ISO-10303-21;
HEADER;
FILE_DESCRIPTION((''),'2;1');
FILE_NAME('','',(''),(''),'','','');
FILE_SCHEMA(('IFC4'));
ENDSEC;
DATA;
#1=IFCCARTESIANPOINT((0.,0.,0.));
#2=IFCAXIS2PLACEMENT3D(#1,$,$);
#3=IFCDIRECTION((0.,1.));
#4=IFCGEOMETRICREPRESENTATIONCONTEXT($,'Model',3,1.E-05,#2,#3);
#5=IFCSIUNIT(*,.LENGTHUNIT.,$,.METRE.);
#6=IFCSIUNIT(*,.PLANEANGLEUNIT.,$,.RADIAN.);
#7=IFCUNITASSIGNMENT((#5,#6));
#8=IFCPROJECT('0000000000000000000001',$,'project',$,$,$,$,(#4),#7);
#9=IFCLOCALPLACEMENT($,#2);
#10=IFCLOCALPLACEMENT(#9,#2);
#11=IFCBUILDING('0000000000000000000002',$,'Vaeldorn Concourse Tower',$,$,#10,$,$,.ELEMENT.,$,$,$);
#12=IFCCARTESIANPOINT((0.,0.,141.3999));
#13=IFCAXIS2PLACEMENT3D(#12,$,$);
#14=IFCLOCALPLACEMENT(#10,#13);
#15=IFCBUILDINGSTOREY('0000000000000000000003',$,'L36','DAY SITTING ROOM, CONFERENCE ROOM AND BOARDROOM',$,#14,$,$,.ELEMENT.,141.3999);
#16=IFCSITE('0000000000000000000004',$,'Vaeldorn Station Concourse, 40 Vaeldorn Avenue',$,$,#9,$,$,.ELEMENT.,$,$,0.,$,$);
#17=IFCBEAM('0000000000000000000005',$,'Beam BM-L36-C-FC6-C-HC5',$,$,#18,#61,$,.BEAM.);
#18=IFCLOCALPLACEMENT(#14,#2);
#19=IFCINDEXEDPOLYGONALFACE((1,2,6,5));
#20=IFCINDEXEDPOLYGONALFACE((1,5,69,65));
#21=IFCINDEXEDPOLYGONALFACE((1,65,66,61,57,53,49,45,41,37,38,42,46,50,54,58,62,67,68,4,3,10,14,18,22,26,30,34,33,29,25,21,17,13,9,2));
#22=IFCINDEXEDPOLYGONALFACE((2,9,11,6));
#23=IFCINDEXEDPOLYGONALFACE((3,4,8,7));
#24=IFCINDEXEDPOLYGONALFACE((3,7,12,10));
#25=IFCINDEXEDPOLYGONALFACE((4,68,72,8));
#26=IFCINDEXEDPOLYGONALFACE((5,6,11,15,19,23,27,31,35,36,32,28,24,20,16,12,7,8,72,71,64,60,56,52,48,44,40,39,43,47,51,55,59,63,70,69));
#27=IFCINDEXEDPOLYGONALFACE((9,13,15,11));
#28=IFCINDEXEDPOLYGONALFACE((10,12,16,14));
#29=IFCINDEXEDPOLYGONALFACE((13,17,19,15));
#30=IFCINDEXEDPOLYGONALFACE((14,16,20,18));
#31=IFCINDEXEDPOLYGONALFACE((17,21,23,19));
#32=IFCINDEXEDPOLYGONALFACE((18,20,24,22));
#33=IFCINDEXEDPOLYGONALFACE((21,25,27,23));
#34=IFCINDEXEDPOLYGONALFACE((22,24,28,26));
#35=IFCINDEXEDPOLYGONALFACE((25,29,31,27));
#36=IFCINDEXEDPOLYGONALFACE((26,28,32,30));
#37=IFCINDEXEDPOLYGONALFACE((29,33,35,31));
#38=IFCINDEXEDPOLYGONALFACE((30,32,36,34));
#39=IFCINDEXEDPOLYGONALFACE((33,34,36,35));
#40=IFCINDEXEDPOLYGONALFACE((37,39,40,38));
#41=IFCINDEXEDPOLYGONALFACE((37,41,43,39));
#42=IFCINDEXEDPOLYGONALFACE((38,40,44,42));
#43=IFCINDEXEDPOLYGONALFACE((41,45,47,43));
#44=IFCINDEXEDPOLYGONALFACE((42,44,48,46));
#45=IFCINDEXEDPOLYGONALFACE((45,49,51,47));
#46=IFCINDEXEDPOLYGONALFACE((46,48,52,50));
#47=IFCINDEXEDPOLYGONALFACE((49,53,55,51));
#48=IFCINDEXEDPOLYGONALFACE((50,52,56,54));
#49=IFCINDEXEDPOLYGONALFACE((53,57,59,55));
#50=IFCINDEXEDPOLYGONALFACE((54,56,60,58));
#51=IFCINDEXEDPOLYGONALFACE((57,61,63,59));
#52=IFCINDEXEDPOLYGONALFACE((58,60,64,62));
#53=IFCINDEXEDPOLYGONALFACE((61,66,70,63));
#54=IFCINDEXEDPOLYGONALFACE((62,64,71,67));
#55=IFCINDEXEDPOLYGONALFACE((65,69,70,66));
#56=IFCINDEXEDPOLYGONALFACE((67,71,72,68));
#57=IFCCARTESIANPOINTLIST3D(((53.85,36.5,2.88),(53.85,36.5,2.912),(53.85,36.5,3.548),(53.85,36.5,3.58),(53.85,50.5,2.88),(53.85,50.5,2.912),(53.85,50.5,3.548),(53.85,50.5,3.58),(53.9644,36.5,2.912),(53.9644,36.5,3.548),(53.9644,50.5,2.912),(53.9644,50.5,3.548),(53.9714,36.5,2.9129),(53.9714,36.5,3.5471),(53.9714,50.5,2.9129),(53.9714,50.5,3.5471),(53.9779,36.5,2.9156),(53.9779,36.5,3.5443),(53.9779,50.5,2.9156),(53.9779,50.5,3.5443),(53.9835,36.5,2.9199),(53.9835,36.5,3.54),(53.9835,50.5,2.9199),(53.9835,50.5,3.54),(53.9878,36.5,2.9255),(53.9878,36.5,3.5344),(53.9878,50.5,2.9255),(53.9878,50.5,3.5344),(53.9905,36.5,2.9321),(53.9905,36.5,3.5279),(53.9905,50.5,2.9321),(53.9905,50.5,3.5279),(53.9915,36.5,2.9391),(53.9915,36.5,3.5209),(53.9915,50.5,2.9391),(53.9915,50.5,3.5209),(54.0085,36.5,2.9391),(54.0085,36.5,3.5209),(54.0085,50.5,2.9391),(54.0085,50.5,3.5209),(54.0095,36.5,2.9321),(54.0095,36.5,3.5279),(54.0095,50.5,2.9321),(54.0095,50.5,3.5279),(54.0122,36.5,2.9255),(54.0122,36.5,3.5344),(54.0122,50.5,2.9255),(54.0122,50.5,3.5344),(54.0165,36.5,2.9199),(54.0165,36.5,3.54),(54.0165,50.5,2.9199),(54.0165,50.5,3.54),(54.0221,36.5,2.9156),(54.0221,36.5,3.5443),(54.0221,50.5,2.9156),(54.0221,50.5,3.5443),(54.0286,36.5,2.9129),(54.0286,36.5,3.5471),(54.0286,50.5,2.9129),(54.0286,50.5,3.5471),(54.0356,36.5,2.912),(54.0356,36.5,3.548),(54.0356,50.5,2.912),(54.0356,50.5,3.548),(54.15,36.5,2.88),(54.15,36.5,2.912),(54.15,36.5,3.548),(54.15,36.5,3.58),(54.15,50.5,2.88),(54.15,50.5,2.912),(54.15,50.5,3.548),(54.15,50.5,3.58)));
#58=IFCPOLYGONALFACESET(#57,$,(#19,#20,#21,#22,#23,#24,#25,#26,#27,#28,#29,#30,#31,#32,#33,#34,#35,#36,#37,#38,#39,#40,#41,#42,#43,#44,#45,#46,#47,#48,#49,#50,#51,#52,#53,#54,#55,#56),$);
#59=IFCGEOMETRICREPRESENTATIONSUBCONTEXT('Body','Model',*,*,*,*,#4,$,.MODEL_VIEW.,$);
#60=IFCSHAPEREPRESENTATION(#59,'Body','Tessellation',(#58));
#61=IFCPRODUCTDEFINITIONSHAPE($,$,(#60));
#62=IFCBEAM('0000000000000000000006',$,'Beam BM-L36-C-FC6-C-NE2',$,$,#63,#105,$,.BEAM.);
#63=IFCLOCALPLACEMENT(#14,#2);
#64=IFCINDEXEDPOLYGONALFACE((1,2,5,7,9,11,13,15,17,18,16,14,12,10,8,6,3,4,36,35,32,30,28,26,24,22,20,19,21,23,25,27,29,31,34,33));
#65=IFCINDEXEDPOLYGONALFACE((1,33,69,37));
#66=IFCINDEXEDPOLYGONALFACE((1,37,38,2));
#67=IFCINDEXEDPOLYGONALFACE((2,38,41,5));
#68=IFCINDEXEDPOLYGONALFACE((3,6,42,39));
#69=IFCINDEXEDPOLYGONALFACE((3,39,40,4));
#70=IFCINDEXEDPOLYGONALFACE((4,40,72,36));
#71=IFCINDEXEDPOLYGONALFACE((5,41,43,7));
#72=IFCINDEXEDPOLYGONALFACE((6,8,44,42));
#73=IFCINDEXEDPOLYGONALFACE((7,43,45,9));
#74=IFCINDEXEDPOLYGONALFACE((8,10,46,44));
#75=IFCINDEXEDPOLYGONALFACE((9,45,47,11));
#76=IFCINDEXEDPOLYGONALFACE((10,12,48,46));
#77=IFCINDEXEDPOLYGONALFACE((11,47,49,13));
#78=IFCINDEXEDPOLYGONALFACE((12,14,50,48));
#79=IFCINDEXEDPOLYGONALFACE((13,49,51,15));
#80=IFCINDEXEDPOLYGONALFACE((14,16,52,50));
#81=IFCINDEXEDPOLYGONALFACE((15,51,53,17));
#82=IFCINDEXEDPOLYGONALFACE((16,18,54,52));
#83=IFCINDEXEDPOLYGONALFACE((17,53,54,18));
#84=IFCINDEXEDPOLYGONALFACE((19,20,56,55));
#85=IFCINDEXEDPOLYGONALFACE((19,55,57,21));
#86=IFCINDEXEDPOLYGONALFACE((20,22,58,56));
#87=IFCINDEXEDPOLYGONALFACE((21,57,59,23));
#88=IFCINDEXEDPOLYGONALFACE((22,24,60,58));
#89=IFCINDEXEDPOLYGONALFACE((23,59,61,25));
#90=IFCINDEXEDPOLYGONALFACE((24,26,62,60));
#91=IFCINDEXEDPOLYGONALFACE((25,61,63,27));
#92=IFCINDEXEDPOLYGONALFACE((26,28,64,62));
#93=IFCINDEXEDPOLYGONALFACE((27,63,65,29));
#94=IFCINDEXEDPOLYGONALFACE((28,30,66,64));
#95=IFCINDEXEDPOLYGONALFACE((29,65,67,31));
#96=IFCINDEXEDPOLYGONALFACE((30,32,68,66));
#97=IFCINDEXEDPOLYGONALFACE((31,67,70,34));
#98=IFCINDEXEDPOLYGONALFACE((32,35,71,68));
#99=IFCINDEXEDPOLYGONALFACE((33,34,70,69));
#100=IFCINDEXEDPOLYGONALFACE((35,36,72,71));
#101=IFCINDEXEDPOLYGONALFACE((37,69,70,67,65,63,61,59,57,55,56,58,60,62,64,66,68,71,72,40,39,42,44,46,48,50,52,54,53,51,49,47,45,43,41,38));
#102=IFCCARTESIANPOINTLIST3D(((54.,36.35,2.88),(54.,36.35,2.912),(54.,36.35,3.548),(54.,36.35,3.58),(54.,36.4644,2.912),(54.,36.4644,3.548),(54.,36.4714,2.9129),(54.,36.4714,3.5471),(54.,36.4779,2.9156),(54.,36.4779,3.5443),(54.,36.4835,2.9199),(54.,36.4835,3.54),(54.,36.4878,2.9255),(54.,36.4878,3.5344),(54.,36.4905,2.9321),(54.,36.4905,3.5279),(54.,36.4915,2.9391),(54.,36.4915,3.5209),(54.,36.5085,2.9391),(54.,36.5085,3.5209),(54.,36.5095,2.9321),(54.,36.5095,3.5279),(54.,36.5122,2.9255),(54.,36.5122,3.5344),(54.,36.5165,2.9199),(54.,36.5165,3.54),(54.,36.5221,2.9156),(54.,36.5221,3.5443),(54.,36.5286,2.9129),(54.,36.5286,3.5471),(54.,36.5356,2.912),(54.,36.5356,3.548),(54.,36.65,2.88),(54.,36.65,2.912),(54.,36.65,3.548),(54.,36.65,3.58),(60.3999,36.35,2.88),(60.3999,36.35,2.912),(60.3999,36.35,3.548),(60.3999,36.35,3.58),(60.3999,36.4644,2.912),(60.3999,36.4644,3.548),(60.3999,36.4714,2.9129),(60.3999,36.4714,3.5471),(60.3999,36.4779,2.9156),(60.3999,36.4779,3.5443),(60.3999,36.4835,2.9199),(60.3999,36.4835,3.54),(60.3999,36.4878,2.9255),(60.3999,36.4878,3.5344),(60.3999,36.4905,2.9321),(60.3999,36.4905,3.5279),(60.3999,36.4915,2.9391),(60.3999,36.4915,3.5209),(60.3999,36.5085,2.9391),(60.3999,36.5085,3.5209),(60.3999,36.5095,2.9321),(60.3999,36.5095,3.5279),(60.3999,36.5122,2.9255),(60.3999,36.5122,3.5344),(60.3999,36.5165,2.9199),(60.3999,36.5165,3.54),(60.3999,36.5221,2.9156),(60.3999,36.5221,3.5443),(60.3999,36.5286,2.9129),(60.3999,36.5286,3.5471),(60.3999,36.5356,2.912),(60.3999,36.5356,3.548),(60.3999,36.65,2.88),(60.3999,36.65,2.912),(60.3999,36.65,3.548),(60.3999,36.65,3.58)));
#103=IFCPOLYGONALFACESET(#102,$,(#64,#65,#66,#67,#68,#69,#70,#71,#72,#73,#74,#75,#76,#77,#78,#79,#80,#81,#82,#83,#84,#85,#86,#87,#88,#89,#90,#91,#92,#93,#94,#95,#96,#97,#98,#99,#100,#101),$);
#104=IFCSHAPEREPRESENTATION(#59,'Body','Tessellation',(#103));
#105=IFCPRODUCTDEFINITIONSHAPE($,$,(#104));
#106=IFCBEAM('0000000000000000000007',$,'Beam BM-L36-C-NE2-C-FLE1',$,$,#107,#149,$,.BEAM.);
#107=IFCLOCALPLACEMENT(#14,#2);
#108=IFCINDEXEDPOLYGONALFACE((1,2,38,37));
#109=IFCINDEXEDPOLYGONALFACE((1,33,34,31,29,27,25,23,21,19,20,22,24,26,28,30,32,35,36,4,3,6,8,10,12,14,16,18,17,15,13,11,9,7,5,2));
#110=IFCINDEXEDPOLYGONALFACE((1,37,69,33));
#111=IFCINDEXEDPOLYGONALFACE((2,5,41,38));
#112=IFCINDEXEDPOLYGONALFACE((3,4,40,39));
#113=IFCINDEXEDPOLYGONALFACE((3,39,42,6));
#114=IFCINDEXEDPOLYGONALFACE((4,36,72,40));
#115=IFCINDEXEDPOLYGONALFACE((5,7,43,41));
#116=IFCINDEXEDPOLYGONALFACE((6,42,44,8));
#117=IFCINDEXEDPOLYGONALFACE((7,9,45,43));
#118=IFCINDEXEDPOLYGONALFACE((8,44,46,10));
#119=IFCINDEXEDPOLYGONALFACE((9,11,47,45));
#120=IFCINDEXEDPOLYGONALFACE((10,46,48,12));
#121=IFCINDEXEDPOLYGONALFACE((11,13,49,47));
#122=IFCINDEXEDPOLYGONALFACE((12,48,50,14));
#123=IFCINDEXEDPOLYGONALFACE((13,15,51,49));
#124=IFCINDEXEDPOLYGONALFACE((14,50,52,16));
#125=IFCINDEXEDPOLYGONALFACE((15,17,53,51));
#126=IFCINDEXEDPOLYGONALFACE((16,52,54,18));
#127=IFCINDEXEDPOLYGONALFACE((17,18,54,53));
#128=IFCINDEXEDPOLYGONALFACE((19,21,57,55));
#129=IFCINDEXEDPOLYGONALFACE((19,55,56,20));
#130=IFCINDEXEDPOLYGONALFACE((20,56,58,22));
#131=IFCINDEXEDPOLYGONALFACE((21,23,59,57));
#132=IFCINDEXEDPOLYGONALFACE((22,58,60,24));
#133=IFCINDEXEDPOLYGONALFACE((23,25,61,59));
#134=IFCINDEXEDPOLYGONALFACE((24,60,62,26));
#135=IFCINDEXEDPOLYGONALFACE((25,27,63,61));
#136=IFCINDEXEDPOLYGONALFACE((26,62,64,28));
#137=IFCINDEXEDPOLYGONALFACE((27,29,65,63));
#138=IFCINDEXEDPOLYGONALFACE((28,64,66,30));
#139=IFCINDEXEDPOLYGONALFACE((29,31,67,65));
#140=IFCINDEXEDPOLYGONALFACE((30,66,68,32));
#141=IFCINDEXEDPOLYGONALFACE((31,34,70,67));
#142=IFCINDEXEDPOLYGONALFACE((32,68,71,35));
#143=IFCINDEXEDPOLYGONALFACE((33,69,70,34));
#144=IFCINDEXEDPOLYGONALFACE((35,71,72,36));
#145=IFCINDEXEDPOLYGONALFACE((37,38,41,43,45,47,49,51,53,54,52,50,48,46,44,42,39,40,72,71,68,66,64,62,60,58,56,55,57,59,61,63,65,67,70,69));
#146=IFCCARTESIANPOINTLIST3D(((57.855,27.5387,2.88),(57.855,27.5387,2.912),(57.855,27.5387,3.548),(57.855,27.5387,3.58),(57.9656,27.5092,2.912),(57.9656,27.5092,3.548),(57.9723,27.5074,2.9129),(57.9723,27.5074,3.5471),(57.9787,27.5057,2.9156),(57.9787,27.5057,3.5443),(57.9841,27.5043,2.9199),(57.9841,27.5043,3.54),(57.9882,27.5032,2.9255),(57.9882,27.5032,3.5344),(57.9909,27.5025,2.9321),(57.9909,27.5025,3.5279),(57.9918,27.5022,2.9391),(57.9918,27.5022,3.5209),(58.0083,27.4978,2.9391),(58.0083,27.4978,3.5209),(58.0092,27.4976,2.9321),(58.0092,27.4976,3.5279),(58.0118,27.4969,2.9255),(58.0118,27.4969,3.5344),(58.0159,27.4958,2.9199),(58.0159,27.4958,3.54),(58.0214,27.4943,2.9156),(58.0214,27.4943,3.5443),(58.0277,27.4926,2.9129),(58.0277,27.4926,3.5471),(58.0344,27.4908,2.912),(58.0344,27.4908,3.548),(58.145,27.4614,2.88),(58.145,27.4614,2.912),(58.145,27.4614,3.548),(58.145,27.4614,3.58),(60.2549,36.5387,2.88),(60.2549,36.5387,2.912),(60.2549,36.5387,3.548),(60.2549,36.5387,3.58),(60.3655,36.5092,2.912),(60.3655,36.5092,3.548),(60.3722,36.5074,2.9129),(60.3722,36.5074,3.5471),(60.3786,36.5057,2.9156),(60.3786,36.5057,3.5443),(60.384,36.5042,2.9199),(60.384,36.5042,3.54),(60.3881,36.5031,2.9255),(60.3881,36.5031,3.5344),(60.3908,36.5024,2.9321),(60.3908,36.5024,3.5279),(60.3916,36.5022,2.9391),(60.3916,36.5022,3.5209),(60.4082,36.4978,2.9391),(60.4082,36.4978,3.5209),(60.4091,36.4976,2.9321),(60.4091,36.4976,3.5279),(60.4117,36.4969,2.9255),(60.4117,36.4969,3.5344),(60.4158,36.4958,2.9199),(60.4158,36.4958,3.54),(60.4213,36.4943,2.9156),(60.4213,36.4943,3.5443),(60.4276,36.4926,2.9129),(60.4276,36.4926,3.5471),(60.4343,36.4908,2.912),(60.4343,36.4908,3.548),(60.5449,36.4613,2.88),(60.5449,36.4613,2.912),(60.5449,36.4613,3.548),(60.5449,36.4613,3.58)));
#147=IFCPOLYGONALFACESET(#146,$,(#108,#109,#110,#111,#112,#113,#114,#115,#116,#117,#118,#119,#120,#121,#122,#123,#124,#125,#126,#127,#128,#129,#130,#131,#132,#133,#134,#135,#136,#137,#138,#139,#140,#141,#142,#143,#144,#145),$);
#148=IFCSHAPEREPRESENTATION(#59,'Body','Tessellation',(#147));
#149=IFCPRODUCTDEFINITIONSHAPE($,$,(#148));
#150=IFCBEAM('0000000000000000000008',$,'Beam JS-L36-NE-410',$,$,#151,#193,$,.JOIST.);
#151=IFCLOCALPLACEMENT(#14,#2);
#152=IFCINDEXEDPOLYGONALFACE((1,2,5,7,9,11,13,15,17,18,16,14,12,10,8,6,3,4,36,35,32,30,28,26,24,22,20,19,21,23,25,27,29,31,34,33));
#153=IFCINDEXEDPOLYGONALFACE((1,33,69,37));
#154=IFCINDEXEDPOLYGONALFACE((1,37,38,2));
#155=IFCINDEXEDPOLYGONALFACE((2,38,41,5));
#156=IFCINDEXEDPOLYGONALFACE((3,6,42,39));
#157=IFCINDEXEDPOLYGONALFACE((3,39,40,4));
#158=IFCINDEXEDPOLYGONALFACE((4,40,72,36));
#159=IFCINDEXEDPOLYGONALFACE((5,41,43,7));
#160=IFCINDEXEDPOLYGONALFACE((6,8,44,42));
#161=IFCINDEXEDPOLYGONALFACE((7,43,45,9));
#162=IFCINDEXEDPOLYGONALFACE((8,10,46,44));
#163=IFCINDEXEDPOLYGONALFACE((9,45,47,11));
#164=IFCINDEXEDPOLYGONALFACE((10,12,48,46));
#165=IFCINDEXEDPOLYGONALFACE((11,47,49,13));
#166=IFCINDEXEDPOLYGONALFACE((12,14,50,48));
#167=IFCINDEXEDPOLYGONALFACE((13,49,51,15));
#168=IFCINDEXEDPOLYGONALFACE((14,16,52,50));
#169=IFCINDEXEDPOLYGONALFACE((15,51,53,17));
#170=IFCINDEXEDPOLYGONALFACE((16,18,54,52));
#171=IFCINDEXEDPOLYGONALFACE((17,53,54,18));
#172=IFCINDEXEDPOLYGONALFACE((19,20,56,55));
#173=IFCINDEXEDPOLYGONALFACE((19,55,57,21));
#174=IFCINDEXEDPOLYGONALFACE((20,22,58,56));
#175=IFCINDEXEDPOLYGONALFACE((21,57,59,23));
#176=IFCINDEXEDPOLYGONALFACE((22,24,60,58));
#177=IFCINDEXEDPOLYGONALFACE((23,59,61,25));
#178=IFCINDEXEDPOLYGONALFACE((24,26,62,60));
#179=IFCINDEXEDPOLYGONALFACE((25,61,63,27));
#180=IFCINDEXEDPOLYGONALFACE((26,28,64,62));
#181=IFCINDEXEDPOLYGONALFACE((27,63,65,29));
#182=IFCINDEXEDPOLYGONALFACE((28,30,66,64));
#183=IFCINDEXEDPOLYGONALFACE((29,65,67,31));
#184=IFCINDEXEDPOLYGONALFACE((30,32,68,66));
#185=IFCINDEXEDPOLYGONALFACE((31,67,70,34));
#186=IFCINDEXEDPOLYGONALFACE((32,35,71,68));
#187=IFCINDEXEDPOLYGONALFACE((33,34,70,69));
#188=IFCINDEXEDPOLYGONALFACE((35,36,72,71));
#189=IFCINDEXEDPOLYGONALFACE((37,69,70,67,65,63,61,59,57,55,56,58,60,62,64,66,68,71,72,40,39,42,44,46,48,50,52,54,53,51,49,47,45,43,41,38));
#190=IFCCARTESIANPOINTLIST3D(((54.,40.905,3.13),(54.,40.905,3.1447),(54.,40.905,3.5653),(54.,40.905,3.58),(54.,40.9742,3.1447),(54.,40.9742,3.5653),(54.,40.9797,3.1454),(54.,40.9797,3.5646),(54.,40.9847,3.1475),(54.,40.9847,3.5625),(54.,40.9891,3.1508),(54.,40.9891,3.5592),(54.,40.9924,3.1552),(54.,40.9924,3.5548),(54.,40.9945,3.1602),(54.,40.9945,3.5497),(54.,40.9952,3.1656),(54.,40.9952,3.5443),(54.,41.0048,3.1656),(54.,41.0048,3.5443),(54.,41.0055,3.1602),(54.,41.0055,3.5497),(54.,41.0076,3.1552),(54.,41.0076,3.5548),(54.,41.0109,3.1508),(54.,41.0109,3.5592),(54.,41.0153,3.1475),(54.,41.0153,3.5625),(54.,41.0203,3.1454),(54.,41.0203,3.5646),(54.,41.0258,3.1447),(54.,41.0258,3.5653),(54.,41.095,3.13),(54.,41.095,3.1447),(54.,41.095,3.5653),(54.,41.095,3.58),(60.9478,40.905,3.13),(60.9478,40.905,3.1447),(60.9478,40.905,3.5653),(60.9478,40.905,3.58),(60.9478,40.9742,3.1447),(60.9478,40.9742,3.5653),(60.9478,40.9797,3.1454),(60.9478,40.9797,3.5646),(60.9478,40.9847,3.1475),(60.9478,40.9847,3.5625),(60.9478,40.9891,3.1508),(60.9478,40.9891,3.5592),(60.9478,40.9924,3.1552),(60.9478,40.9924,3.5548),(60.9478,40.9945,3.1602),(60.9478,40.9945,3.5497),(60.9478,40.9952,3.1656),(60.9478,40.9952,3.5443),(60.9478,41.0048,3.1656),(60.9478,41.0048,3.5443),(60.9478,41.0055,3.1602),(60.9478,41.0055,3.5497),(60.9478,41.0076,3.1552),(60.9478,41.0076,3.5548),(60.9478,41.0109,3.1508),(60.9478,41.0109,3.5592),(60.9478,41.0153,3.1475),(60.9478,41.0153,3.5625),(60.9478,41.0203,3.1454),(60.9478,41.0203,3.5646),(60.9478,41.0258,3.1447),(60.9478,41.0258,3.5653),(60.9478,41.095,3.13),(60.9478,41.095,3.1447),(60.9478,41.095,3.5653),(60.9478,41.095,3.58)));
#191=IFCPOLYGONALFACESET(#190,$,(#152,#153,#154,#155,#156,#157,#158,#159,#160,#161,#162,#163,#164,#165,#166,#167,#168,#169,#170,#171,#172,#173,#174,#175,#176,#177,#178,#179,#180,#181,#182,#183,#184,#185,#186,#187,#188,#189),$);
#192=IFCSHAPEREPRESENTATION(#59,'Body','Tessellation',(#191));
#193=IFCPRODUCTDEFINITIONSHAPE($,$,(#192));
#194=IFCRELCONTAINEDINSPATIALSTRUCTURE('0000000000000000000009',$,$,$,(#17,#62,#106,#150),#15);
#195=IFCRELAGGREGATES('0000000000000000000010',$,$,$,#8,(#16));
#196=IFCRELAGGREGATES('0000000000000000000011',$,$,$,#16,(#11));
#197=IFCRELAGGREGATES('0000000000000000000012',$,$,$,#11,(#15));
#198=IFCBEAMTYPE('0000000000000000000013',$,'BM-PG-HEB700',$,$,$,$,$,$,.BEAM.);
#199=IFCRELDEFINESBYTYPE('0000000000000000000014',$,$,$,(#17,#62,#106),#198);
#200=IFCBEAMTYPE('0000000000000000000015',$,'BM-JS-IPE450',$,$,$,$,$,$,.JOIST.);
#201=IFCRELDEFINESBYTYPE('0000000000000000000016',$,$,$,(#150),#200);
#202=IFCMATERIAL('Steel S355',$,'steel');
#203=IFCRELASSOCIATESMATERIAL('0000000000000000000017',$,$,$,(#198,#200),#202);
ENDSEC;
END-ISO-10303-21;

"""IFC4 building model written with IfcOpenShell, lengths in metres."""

from ifc_helpers import new_model, si_unit, direction, frame, origin, origin_2d, place, context, subcontext, project, spatial, i_section, extrude, source, transform, mapped, material, material_profile, profile_set, type_object, element, save


model = new_model("IFC4")

# Units and contexts
model_context = context("Model", 3, precision=1e-05, world=origin(), true_north=direction((0.0, 1.0)))
body_context = subcontext(model_context, "Body", "Model", "MODEL_VIEW")
ifc_project = project(units=[si_unit("LENGTHUNIT", "METRE"), si_unit("PLANEANGLEUNIT", "RADIAN")], contexts=[model_context])

# Site, building, storey
site_placement = place(None, origin())
site = spatial("IfcSite", under=ifc_project, at=site_placement, Name="Vaeldorn Station Concourse, 40 Vaeldorn Avenue", CompositionType="ELEMENT", RefElevation=0.0)
building_placement = place(site_placement, origin())
building = spatial("IfcBuilding", under=site, at=building_placement, Name="Vaeldorn Concourse Tower", CompositionType="ELEMENT")
storey_placement = place(building_placement, frame((0.0, 0.0, 141.3999)))
storey = spatial("IfcBuildingStorey", under=building, at=storey_placement, Name="L36", Description="DAY SITTING ROOM, CONFERENCE ROOM AND BOARDROOM", CompositionType="ELEMENT", Elevation=141.3999)

# Beams
ifc_material_1 = material(Name="Steel S355", Category="steel")
ifc_material_profile_1 = material_profile(ifc_material_1, i_section(OverallWidth=0.3, OverallDepth=0.7, WebThickness=0.0171, FlangeThickness=0.032, FilletRadius=0.0271, at=origin_2d()), Name="HEB 700")
ifc_profile_set_1 = profile_set([ifc_material_profile_1], Name="Steel S355")
beam_type_1 = type_object("IfcBeamType", Name="BM-PG-HEB700", PredefinedType="BEAM", material=ifc_profile_set_1)
shared_shape_1 = source(origin(), body_context, "Body", "SweptSolid", [
    extrude(i_section(OverallWidth=0.3, OverallDepth=0.7, WebThickness=0.0171, FlangeThickness=0.032, FilletRadius=0.0271, at=origin_2d()), origin(), (0.0, 0.0, 1.0), 14.0),
])
beam_1_placement = place(storey_placement, frame((54.0, 36.5, 3.23), z_axis=(0.0, 1.0, 0.0), x_axis=(-1.0, 0.0, 0.0)))
element("IfcBeam", 1, at=beam_1_placement, inside=storey, type_object=beam_type_1, Name="Beam BM-L36-C-FC6-C-HC5", PredefinedType="BEAM", context=body_context, shape_type="MappedRepresentation", body=[
    mapped(shared_shape_1, transform((0.0, 0.0, 0.0), scale=1.0)),
])
shared_shape_2 = source(origin(), body_context, "Body", "SweptSolid", [
    extrude(i_section(OverallWidth=0.3, OverallDepth=0.7, WebThickness=0.0171, FlangeThickness=0.032, FilletRadius=0.0271, at=origin_2d()), origin(), (0.0, 0.0, 1.0), 6.3999),
])
beam_2_placement = place(storey_placement, frame((54.0, 36.5, 3.23), z_axis=(1.0, 0.0, 0.0), x_axis=(0.0, 1.0, 0.0)))
element("IfcBeam", 2, at=beam_2_placement, inside=storey, type_object=beam_type_1, Name="Beam BM-L36-C-FC6-C-NE2", PredefinedType="BEAM", context=body_context, shape_type="MappedRepresentation", body=[
    mapped(shared_shape_2, transform((0.0, 0.0, 0.0), scale=1.0)),
])
shared_shape_3 = source(origin(), body_context, "Body", "SweptSolid", [
    extrude(i_section(OverallWidth=0.3, OverallDepth=0.7, WebThickness=0.0171, FlangeThickness=0.032, FilletRadius=0.0271, at=origin_2d()), origin(), (0.0, 0.0, 1.0), 9.3145),
])
beam_3_placement = place(storey_placement, frame((60.3999, 36.5, 3.23), z_axis=(-0.257653, -0.966238, 0.0), x_axis=(0.966238, -0.257653, 0.0)))
element("IfcBeam", 3, at=beam_3_placement, inside=storey, type_object=beam_type_1, Name="Beam BM-L36-C-NE2-C-FLE1", PredefinedType="BEAM", context=body_context, shape_type="MappedRepresentation", body=[
    mapped(shared_shape_3, transform((0.0, 0.0, 0.0), scale=1.0)),
])
ifc_material_profile_2 = material_profile(ifc_material_1, i_section(OverallWidth=0.1899, OverallDepth=0.45, WebThickness=0.0095, FlangeThickness=0.0146, FilletRadius=0.021, at=origin_2d()), Name="IPE 450")
ifc_profile_set_2 = profile_set([ifc_material_profile_2], Name="Steel S355")
beam_type_2 = type_object("IfcBeamType", Name="BM-JS-IPE450", PredefinedType="JOIST", material=ifc_profile_set_2)
shared_shape_4 = source(origin(), body_context, "Body", "SweptSolid", [
    extrude(i_section(OverallWidth=0.1899, OverallDepth=0.45, WebThickness=0.0095, FlangeThickness=0.0146, FilletRadius=0.021, at=origin_2d()), origin(), (0.0, 0.0, 1.0), 6.9478),
])
beam_4_placement = place(storey_placement, frame((54.0, 41.0, 3.355), z_axis=(1.0, 0.0, 0.0), x_axis=(0.0, 1.0, 0.0)))
element("IfcBeam", 4, at=beam_4_placement, inside=storey, type_object=beam_type_2, Name="Beam JS-L36-NE-410", PredefinedType="JOIST", context=body_context, shape_type="MappedRepresentation", body=[
    mapped(shared_shape_4, transform((0.0, 0.0, 0.0), scale=1.0)),
])

save(model, "model.ifc")
